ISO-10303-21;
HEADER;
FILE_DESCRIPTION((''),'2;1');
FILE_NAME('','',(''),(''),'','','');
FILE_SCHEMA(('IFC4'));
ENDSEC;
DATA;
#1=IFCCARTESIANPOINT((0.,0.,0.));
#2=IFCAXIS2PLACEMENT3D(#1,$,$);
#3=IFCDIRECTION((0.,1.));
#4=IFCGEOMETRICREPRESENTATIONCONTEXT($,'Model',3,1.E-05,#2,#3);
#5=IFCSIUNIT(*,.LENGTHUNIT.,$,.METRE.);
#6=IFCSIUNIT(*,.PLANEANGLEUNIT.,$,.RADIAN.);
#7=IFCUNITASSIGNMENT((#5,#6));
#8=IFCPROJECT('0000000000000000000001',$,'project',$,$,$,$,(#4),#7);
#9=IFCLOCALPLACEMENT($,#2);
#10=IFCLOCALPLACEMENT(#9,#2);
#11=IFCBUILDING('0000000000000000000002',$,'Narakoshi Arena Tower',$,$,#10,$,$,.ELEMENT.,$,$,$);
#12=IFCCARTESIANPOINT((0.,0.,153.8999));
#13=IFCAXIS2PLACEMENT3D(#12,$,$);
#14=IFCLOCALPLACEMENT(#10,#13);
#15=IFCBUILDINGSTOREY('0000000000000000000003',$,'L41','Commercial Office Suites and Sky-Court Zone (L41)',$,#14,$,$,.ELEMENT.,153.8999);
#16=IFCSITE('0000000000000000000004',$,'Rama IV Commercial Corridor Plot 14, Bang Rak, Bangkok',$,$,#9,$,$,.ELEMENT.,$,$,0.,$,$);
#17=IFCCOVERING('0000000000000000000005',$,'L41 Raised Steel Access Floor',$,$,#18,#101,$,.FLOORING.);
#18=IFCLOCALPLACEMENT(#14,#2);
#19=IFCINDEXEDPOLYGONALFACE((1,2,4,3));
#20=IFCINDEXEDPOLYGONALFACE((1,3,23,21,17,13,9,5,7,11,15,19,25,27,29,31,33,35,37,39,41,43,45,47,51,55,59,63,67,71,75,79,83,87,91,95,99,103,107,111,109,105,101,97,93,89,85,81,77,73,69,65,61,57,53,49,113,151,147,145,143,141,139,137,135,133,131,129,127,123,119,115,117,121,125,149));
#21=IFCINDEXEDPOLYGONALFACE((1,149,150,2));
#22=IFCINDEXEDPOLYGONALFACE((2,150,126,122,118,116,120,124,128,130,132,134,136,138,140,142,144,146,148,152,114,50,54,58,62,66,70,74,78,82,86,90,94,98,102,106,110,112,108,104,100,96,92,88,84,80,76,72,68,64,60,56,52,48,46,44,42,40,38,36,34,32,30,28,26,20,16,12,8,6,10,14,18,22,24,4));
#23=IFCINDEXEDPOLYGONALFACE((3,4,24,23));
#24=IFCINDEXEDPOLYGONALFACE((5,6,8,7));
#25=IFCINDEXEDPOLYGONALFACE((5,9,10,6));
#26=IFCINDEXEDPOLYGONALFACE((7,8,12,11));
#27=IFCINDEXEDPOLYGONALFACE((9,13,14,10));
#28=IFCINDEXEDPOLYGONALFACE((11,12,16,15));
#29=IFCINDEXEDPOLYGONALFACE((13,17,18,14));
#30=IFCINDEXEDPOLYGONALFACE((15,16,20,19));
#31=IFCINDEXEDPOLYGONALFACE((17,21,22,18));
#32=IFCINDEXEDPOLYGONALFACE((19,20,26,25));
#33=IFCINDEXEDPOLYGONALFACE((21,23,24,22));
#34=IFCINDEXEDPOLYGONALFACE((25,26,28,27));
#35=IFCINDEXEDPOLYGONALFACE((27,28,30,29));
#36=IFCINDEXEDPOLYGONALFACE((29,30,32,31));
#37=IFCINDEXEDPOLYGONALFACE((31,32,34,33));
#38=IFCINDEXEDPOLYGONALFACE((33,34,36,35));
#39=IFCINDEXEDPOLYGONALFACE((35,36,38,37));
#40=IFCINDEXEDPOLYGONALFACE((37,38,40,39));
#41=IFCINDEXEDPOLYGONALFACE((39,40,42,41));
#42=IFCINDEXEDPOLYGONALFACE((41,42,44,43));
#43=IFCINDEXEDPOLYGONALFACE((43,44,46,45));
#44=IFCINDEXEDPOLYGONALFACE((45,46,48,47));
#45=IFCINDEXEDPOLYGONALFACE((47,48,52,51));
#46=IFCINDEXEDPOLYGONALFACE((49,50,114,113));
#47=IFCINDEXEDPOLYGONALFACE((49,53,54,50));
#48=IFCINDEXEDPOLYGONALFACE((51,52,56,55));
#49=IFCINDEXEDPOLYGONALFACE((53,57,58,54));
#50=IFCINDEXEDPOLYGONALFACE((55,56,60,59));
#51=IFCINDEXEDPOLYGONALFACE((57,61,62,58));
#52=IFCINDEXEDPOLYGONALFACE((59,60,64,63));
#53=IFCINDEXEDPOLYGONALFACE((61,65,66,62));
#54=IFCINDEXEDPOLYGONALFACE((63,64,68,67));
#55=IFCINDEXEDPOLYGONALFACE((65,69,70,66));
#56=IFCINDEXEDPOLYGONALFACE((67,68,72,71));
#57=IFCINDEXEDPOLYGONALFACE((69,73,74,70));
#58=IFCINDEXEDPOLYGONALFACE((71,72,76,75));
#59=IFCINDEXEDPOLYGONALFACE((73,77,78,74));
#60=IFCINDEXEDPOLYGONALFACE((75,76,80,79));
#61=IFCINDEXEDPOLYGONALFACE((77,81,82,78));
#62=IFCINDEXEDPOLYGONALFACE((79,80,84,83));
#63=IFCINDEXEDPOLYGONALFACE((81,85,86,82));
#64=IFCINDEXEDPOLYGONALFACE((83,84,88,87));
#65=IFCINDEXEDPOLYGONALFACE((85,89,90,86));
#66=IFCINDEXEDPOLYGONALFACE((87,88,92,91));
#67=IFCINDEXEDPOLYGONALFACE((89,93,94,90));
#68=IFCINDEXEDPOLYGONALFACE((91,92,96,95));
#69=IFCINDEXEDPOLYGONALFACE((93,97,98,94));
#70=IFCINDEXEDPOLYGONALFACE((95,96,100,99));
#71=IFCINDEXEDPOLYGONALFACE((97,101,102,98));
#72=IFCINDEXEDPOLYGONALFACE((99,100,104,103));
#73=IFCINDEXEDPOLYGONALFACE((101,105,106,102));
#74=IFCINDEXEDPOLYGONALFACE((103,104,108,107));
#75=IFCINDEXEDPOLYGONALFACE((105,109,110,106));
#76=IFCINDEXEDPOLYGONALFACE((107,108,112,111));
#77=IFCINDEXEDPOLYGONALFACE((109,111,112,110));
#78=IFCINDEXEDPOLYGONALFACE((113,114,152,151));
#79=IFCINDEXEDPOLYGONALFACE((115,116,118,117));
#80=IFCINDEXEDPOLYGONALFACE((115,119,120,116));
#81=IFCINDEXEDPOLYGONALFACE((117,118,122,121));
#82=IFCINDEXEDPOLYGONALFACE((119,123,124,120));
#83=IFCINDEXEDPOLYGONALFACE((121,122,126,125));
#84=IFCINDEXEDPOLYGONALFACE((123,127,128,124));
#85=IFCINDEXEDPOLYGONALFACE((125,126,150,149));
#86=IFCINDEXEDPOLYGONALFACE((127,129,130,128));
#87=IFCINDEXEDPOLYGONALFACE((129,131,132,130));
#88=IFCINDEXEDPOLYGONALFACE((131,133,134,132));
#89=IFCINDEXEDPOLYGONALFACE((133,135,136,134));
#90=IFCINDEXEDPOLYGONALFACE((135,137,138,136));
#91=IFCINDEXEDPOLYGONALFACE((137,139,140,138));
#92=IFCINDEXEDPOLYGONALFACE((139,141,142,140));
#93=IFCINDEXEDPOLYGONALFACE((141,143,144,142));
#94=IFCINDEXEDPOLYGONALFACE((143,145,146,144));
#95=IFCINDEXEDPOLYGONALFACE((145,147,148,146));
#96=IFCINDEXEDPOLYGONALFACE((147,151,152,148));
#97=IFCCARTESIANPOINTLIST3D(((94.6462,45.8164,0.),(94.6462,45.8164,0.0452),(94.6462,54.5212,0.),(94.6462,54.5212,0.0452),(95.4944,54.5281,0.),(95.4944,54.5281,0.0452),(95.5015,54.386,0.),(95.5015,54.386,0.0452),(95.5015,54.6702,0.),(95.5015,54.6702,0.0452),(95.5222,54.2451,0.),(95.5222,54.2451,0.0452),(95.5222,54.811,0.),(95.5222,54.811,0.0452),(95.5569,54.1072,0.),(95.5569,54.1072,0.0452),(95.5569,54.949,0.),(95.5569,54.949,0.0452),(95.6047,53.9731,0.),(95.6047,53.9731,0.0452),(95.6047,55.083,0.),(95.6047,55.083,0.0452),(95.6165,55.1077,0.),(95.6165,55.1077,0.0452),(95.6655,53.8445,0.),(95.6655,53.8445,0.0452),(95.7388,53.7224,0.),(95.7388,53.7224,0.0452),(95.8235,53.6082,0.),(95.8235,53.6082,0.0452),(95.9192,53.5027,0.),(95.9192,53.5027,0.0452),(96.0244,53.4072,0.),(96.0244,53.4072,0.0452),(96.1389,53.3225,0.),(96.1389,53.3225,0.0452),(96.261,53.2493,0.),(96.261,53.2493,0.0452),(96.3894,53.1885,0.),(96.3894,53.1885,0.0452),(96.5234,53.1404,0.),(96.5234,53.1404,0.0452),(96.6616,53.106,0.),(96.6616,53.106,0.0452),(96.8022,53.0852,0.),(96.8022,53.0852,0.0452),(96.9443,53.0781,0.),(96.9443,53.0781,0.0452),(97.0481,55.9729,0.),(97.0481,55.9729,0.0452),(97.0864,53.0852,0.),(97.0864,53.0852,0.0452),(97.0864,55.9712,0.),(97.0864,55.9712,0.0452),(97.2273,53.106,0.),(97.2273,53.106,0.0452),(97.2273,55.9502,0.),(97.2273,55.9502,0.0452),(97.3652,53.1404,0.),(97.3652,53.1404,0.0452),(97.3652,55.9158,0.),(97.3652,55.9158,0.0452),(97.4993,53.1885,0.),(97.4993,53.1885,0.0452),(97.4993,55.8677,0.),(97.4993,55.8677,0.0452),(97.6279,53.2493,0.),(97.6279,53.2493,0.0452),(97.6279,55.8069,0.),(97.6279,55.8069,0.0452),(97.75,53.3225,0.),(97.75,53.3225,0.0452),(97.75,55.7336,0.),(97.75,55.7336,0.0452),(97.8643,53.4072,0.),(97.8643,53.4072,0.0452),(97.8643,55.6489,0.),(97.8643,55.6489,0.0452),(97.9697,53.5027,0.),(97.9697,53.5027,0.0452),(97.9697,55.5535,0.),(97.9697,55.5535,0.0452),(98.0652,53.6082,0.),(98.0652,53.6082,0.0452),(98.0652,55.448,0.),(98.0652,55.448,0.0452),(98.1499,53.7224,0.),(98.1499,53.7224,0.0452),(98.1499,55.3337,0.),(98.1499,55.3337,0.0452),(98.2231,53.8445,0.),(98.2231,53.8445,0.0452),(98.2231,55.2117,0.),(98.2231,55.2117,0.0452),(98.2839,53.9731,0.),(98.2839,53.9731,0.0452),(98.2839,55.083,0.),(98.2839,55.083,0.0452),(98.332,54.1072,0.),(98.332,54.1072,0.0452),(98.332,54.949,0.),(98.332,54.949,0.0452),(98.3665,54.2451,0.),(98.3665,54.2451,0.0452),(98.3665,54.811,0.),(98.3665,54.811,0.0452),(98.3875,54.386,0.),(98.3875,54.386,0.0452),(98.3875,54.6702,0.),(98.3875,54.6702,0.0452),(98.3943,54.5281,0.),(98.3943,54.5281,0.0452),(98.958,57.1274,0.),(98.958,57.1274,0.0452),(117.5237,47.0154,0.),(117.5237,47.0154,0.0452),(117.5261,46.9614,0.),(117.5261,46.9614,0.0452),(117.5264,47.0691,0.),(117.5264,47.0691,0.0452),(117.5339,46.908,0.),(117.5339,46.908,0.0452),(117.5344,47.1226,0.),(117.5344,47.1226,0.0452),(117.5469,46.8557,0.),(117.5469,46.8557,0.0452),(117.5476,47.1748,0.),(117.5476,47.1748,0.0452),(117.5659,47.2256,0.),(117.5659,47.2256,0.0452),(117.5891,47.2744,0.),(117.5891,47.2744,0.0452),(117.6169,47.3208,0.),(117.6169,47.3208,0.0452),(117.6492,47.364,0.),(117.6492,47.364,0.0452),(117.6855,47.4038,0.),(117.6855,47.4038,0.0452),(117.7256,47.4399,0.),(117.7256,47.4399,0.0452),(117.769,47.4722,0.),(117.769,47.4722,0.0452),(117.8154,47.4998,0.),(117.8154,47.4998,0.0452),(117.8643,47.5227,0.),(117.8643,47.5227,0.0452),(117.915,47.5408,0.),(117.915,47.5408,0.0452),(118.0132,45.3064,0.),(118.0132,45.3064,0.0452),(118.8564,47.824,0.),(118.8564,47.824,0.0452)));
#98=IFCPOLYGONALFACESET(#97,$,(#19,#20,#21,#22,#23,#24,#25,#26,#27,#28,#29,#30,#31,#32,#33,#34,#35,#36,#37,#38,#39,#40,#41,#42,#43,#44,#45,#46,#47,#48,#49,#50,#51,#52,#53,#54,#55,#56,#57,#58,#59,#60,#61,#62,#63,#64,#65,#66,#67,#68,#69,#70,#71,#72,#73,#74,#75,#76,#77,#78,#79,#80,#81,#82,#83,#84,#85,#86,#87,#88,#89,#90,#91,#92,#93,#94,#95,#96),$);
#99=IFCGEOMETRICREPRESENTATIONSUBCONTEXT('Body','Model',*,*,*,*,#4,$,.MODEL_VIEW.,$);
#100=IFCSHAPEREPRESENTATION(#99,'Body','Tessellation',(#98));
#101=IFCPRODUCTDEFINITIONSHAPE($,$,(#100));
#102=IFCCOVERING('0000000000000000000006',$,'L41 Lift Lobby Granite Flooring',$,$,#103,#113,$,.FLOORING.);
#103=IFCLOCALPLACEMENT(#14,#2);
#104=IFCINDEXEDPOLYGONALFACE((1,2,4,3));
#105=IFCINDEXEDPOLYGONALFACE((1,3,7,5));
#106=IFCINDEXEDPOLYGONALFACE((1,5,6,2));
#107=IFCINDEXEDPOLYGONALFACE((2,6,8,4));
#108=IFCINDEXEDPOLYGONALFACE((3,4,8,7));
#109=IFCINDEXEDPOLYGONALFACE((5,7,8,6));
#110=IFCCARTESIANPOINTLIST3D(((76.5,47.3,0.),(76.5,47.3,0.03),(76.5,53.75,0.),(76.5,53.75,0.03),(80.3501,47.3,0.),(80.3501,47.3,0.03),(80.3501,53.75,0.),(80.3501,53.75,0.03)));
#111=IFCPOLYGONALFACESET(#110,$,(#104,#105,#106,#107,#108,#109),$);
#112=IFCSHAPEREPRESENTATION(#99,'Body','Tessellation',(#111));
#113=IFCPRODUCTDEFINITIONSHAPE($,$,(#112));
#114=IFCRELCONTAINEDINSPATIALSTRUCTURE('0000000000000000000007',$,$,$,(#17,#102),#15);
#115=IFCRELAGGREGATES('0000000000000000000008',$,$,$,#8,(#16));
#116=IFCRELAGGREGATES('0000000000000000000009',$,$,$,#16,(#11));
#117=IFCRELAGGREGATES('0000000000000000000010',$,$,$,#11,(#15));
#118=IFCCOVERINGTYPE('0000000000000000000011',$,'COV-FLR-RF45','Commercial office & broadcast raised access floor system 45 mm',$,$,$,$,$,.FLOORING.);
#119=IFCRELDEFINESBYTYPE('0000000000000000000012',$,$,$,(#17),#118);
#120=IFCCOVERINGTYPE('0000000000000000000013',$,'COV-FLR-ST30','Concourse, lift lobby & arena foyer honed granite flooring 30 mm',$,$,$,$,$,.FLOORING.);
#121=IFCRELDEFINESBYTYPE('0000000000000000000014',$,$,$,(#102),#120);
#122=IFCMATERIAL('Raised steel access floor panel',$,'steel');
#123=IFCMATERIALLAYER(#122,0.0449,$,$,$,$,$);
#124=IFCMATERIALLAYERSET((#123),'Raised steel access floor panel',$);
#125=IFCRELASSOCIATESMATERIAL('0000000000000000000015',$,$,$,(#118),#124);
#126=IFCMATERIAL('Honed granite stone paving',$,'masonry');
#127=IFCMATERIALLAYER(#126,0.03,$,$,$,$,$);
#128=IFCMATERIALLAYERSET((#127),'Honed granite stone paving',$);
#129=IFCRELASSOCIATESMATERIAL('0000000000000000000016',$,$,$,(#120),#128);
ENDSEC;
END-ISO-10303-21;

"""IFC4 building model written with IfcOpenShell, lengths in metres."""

from ifc_helpers import new_model, si_unit, direction, frame, origin, place, context, subcontext, project, spatial, polyline, outline, extrude, material, layer, layer_set, type_object, element, save


model = new_model("IFC4")

# Units and contexts
model_context = context("Model", 3, precision=1e-05, world=origin(), true_north=direction((0.0, 1.0)))
body_context = subcontext(model_context, "Body", "Model", "MODEL_VIEW")
ifc_project = project(units=[si_unit("LENGTHUNIT", "METRE"), si_unit("PLANEANGLEUNIT", "RADIAN")], contexts=[model_context])

# Site, building, storey
site_placement = place(None, origin())
site = spatial("IfcSite", under=ifc_project, at=site_placement, Name="Rama IV Commercial Corridor Plot 14, Bang Rak, Bangkok", CompositionType="ELEMENT", RefElevation=0.0)
building_placement = place(site_placement, origin())
building = spatial("IfcBuilding", under=site, at=building_placement, Name="Narakoshi Arena Tower", CompositionType="ELEMENT")
storey_placement = place(building_placement, frame((0.0, 0.0, 153.8999)))
storey = spatial("IfcBuildingStorey", under=building, at=storey_placement, Name="L41", Description="Commercial Office Suites and Sky-Court Zone (L41)", CompositionType="ELEMENT", Elevation=153.8999)

# Coverings
ifc_material_1 = material(Name="Raised steel access floor panel", Category="steel")
ifc_layer_1 = layer(ifc_material_1, 0.0449)
ifc_layer_set_1 = layer_set([ifc_layer_1], Name="Raised steel access floor panel")
covering_type_1 = type_object("IfcCoveringType", Name="COV-FLR-RF45", Description="Commercial office & broadcast raised access floor system 45 mm", PredefinedType="FLOORING", material=ifc_layer_set_1)
covering_1_placement = place(storey_placement, origin())
element("IfcCovering", 1, at=covering_1_placement, inside=storey, type_object=covering_type_1, Name="L41 Raised Steel Access Floor", PredefinedType="FLOORING", context=body_context, shape_type="SweptSolid", body=[
    extrude(outline(polyline([(117.915, 47.5408), (117.8643, 47.5227), (117.8154, 47.4998), (117.769, 47.4722), (117.7256, 47.4399), (117.6855, 47.4038), (117.6492, 47.364), (117.6169, 47.3208), (117.5891, 47.2744), (117.5659, 47.2256), (117.5476, 47.1748), (117.5344, 47.1226), (117.5264, 47.0691), (117.5237, 47.0154), (117.5261, 46.9614), (117.5339, 46.908), (117.5469, 46.8557), (118.0132, 45.3064), (94.6462, 45.8164), (94.6462, 54.5212), (95.6165, 55.1077), (95.6047, 55.083), (95.5569, 54.949), (95.5222, 54.811), (95.5015, 54.6702), (95.4944, 54.5281), (95.5015, 54.386), (95.5222, 54.2451), (95.5569, 54.1072), (95.6047, 53.9731), (95.6655, 53.8445), (95.7388, 53.7224), (95.8235, 53.6082), (95.9192, 53.5027), (96.0244, 53.4072), (96.1389, 53.3225), (96.261, 53.2493), (96.3894, 53.1885), (96.5234, 53.1404), (96.6616, 53.106), (96.8022, 53.0852), (96.9443, 53.0781), (97.0864, 53.0852), (97.2273, 53.106), (97.3652, 53.1404), (97.4993, 53.1885), (97.6279, 53.2493), (97.75, 53.3225), (97.8643, 53.4072), (97.9697, 53.5027), (98.0652, 53.6082), (98.1499, 53.7224), (98.2231, 53.8445), (98.2839, 53.9731), (98.332, 54.1072), (98.3665, 54.2451), (98.3875, 54.386), (98.3943, 54.5281), (98.3875, 54.6702), (98.3665, 54.811), (98.332, 54.949), (98.2839, 55.083), (98.2231, 55.2117), (98.1499, 55.3337), (98.0652, 55.448), (97.9697, 55.5535), (97.8643, 55.6489), (97.75, 55.7336), (97.6279, 55.8069), (97.4993, 55.8677), (97.3652, 55.9158), (97.2273, 55.9502), (97.0864, 55.9712), (97.0481, 55.9729), (98.958, 57.1274), (118.8564, 47.824), (117.915, 47.5408)])), origin(), (0.0, 0.0, 1.0), 0.0452),
])
ifc_material_2 = material(Name="Honed granite stone paving", Category="masonry")
ifc_layer_2 = layer(ifc_material_2, 0.03)
ifc_layer_set_2 = layer_set([ifc_layer_2], Name="Honed granite stone paving")
covering_type_2 = type_object("IfcCoveringType", Name="COV-FLR-ST30", Description="Concourse, lift lobby & arena foyer honed granite flooring 30 mm", PredefinedType="FLOORING", material=ifc_layer_set_2)
covering_2_placement = place(storey_placement, origin())
element("IfcCovering", 2, at=covering_2_placement, inside=storey, type_object=covering_type_2, Name="L41 Lift Lobby Granite Flooring", PredefinedType="FLOORING", context=body_context, shape_type="SweptSolid", body=[
    extrude(outline(polyline([(76.5, 47.3), (80.3501, 47.3), (80.3501, 53.75), (76.5, 53.75), (76.5, 47.3)])), origin(), (0.0, 0.0, 1.0), 0.03),
])

save(model, "model.ifc")
